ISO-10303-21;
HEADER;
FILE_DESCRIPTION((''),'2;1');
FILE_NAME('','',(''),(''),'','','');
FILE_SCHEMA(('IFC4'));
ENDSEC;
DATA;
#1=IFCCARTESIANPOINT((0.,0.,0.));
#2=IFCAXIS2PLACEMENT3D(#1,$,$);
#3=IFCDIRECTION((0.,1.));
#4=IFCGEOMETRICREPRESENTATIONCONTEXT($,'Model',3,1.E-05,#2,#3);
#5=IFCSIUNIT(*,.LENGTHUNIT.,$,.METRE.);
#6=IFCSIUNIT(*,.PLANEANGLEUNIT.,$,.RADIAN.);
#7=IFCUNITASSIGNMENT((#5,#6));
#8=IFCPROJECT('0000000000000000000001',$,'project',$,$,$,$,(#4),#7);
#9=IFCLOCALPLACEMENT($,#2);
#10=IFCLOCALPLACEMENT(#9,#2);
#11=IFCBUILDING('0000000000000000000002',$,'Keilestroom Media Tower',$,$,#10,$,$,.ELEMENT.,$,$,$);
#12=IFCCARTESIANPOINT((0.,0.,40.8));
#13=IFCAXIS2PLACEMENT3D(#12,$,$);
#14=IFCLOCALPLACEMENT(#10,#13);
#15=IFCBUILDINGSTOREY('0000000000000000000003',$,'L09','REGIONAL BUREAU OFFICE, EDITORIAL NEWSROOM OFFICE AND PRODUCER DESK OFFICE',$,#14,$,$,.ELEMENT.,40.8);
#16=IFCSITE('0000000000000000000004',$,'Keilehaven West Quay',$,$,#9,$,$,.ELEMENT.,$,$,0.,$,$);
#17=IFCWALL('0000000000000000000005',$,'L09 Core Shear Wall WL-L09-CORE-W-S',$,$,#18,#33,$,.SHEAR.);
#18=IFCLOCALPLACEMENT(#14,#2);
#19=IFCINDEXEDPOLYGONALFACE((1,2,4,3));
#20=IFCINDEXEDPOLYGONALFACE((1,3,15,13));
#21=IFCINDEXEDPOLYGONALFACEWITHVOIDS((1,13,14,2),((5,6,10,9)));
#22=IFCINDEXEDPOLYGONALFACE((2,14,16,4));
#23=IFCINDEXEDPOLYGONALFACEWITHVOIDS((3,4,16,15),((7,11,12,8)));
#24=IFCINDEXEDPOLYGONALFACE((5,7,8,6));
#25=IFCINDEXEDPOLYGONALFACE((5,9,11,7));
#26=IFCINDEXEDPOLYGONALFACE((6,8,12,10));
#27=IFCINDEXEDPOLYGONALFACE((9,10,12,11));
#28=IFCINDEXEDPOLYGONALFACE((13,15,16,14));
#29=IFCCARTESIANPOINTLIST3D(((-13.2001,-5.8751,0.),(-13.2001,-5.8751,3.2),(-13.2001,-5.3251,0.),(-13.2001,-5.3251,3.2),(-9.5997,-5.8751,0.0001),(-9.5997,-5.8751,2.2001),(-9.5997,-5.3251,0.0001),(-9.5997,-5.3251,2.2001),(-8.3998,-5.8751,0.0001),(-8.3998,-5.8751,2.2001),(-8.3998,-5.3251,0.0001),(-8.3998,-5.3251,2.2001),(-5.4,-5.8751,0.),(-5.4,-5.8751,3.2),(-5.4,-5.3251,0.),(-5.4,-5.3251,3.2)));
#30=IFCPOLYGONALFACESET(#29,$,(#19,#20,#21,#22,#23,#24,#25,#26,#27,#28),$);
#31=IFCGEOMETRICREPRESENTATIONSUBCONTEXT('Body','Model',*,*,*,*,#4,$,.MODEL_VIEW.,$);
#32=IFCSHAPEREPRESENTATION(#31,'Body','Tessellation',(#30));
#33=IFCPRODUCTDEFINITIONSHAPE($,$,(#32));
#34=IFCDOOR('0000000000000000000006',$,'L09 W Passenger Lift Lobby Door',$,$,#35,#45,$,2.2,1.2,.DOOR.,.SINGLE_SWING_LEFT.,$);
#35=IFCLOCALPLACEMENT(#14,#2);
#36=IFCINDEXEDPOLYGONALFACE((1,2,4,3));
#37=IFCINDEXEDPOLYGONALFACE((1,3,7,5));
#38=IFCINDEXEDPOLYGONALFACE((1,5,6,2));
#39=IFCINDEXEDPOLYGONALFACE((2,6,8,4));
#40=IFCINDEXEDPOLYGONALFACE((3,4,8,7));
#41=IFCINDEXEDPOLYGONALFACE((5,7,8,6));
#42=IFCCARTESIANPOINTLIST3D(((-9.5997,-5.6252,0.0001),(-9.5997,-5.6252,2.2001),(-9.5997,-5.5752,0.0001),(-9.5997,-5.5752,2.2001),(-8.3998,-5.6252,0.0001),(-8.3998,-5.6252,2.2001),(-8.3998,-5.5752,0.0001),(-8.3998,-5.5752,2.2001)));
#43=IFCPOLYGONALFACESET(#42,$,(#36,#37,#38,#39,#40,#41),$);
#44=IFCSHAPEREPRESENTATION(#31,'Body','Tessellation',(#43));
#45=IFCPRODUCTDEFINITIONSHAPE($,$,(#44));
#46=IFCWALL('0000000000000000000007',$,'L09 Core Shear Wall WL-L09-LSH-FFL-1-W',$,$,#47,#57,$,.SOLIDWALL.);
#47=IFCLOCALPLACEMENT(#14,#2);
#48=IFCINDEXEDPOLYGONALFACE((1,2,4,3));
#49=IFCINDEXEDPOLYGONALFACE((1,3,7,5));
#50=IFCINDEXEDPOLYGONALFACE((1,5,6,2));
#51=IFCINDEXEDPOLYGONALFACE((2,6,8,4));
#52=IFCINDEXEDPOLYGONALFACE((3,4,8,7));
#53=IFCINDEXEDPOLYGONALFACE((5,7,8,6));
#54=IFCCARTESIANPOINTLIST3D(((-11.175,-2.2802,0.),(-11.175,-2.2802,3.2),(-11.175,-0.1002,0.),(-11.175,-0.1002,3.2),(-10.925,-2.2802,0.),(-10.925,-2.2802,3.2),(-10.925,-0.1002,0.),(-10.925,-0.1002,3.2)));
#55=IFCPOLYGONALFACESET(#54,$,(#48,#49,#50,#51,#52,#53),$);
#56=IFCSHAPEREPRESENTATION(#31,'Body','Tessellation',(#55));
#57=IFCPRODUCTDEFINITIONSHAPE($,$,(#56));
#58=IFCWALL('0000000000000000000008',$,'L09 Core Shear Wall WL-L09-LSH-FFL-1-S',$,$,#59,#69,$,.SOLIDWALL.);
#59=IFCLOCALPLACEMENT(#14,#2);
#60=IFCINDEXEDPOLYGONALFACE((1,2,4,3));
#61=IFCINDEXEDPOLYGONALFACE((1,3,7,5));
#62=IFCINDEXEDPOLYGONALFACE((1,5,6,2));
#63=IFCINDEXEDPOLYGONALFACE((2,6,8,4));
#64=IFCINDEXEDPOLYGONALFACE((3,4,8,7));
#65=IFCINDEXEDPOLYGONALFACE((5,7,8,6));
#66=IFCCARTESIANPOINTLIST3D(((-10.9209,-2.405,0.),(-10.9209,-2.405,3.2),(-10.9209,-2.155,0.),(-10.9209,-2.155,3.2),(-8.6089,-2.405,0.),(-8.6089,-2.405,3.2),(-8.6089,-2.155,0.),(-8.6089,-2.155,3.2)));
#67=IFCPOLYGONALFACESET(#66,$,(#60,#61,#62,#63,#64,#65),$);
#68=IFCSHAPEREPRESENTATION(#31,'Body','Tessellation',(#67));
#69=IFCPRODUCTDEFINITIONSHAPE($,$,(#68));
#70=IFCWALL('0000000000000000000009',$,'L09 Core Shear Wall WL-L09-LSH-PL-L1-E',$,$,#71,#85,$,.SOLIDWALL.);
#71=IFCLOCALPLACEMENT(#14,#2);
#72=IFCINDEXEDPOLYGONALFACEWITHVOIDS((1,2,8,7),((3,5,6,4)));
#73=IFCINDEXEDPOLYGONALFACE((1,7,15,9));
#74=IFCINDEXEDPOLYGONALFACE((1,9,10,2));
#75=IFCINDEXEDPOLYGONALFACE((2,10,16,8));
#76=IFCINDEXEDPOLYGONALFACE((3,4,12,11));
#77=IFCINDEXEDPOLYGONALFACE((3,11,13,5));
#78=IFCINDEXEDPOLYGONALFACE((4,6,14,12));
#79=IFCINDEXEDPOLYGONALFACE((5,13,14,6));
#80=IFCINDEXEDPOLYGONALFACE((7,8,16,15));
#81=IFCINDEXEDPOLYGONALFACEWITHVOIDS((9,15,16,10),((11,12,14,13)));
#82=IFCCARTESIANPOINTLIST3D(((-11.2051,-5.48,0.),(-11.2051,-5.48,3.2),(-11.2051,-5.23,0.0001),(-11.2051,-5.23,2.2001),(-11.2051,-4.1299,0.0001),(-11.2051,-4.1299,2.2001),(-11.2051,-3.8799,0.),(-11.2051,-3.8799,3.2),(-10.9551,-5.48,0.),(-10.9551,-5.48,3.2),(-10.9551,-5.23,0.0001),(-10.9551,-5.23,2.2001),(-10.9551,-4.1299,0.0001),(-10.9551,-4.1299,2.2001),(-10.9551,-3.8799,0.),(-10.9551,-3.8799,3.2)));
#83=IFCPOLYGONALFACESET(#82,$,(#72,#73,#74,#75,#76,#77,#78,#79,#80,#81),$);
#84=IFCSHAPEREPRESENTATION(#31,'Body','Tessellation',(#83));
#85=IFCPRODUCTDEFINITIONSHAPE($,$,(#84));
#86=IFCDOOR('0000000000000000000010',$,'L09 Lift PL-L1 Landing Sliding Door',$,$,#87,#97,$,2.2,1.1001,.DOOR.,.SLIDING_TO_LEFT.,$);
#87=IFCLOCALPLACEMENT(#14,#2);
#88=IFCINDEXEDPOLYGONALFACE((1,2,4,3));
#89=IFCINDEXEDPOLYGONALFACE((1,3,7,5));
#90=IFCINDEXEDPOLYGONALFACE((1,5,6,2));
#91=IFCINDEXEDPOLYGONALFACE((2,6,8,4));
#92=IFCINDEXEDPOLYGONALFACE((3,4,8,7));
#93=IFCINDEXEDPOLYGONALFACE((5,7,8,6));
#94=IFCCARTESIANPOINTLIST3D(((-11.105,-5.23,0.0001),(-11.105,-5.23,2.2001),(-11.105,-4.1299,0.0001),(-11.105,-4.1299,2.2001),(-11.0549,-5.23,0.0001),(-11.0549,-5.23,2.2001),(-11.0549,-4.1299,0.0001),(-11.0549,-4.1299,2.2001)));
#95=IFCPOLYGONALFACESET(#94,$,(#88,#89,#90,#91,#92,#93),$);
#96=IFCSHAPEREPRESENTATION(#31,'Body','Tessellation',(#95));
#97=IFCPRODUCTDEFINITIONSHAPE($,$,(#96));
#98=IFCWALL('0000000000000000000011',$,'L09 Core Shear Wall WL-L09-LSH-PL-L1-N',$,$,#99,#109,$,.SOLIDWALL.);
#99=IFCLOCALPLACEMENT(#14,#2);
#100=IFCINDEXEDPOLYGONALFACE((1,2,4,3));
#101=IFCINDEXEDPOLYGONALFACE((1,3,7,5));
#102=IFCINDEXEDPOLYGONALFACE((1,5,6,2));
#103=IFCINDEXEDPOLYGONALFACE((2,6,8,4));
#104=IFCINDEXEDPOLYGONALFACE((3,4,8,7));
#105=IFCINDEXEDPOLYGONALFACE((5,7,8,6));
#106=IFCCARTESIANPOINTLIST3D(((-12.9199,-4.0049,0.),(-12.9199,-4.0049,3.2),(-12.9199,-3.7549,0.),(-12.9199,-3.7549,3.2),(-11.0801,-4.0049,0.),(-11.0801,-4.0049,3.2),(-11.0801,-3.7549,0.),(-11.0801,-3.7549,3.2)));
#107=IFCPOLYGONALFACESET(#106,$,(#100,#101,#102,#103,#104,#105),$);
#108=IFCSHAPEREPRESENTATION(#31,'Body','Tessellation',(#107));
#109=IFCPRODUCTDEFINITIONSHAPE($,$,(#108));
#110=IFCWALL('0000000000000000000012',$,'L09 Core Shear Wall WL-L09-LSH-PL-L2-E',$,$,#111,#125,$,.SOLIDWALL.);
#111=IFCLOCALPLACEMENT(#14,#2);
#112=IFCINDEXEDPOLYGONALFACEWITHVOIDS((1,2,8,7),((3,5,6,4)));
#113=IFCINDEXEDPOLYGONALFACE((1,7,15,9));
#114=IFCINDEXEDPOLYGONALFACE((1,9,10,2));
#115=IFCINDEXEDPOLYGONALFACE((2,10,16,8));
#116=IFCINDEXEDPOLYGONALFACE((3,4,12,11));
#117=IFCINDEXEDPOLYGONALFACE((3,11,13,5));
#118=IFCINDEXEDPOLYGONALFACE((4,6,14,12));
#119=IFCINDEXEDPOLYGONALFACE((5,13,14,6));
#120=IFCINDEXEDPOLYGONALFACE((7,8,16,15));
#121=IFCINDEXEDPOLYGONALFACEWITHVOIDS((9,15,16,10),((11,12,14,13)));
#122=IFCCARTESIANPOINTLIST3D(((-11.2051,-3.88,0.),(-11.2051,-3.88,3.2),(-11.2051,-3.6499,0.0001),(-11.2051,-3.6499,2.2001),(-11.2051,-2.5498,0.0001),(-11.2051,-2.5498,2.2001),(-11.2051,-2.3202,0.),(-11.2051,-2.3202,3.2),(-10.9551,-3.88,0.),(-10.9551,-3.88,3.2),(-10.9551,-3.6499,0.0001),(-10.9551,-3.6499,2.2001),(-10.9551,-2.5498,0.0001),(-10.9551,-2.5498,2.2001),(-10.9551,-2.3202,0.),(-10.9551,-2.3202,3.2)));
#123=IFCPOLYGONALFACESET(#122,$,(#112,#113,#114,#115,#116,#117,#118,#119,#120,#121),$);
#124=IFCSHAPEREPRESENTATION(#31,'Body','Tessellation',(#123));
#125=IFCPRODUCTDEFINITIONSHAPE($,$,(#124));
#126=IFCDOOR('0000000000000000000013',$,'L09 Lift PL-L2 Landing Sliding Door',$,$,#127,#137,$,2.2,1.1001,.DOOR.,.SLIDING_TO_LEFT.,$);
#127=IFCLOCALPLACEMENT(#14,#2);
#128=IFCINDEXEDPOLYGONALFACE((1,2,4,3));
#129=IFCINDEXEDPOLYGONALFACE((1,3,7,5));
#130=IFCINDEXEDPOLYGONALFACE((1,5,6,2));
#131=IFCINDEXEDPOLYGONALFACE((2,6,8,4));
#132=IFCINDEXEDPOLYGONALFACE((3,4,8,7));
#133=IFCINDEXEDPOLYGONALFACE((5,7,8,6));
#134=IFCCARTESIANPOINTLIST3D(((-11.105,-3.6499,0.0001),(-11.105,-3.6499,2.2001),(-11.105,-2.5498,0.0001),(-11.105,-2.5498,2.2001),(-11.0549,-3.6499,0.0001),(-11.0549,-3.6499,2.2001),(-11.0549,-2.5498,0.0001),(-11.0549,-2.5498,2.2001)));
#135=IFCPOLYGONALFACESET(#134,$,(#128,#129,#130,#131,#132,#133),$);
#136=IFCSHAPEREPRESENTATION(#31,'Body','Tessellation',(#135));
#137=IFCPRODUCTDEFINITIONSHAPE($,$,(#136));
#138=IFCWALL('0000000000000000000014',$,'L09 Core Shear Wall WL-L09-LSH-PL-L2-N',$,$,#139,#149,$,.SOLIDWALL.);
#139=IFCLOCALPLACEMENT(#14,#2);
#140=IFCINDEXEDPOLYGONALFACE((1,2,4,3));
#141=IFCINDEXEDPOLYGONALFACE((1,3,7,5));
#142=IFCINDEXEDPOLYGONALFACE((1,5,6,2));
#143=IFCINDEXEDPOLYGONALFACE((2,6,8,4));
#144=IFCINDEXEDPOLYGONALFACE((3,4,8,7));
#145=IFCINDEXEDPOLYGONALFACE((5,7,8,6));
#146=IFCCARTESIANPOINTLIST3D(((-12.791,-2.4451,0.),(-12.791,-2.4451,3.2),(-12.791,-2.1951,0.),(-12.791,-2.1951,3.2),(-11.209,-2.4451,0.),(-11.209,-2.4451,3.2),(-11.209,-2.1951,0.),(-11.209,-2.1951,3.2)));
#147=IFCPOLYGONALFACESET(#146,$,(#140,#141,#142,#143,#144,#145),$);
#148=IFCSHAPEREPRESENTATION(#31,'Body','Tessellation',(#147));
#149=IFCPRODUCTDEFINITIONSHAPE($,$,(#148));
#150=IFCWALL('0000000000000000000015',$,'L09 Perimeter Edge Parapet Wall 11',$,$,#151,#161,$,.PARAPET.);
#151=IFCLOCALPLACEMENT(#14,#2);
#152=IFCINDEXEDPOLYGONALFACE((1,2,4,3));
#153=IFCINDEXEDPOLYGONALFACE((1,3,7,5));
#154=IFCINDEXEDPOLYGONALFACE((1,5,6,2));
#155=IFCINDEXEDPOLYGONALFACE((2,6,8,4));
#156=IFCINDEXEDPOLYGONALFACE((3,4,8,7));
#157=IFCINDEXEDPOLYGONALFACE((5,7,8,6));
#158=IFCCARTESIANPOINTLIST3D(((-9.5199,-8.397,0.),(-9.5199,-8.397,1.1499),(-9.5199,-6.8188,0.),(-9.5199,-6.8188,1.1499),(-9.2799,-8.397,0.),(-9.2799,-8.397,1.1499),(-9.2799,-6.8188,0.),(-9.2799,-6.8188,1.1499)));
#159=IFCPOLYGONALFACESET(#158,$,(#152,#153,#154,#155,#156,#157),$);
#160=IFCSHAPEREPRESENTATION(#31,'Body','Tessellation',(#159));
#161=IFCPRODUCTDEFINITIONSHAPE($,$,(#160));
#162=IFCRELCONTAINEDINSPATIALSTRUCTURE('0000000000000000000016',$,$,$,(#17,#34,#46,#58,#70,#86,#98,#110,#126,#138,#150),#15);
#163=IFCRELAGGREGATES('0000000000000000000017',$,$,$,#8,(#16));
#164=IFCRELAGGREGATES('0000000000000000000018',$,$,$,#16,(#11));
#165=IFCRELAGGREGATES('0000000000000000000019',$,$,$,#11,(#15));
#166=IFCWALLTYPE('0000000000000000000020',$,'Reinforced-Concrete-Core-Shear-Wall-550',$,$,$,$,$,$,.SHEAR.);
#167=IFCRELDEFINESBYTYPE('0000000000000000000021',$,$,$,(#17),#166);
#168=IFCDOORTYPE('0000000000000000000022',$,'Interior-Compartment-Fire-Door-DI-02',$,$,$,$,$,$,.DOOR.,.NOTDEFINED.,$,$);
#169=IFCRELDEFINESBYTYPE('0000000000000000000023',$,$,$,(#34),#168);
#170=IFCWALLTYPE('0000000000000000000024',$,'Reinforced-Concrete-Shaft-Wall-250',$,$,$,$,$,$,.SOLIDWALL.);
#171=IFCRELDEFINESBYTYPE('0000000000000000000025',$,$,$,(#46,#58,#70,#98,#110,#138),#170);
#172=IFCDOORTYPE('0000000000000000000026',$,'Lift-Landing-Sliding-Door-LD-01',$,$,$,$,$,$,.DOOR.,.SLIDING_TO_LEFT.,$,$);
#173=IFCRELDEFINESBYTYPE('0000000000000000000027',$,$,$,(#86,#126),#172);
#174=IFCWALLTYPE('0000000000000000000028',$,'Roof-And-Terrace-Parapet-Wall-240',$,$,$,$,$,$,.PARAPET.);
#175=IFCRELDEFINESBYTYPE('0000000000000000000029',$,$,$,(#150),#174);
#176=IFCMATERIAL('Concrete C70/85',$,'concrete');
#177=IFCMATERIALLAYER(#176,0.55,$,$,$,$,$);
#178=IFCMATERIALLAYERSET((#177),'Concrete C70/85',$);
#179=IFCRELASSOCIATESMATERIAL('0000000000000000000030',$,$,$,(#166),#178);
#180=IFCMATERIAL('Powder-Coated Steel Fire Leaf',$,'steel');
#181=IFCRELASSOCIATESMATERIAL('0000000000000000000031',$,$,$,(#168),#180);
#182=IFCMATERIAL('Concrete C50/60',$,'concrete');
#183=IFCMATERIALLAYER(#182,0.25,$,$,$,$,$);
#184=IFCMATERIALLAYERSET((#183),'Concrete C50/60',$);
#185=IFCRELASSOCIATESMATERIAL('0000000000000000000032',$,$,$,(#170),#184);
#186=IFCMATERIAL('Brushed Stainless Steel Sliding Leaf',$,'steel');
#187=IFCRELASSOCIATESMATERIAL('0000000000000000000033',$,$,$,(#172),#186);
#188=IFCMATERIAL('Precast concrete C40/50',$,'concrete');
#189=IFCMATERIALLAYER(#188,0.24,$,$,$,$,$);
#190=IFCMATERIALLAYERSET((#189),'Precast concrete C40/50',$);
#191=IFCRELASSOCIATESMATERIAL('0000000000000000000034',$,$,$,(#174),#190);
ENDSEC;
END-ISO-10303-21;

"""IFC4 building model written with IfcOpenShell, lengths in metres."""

from ifc_helpers import new_model, si_unit, direction, frame, frame_2d, origin, place, context, subcontext, project, spatial, rectangle, extrude, source, transform, mapped, material, layer, layer_set, type_object, element, fill, save


model = new_model("IFC4")

# Units and contexts
model_context = context("Model", 3, precision=1e-05, world=origin(), true_north=direction((0.0, 1.0)))
body_context = subcontext(model_context, "Body", "Model", "MODEL_VIEW")
ifc_project = project(units=[si_unit("LENGTHUNIT", "METRE"), si_unit("PLANEANGLEUNIT", "RADIAN")], contexts=[model_context])

# Site, building, storey
site_placement = place(None, origin())
site = spatial("IfcSite", under=ifc_project, at=site_placement, Name="Keilehaven West Quay", CompositionType="ELEMENT", RefElevation=0.0)
building_placement = place(site_placement, origin())
building = spatial("IfcBuilding", under=site, at=building_placement, Name="Keilestroom Media Tower", CompositionType="ELEMENT")
storey_placement = place(building_placement, frame((0.0, 0.0, 40.8)))
storey = spatial("IfcBuildingStorey", under=building, at=storey_placement, Name="L09", Description="REGIONAL BUREAU OFFICE, EDITORIAL NEWSROOM OFFICE AND PRODUCER DESK OFFICE", CompositionType="ELEMENT", Elevation=40.8)

# Shared definitions
ifc_material_1 = material(Name="Concrete C70/85", Category="concrete")

# Shared definitions
shared_shape_1 = source(origin(), body_context, "Body", "SweptSolid", [
    extrude(rectangle(XDim=1.1001, YDim=2.2, at=frame_2d((0.55, 1.1001))), frame((0.0, 0.0249, 0.0), z_axis=(0.0, -1.0, 0.0), x_axis=(1.0, 0.0, 0.0)), (0.0, 0.0, 1.0), 0.05),
])

# Shared definitions
ifc_layer_1 = layer(ifc_material_1, 0.55)
ifc_layer_set_1 = layer_set([ifc_layer_1], Name="Concrete C70/85")
wall_type_1 = type_object("IfcWallType", Name="Reinforced-Concrete-Core-Shear-Wall-550", PredefinedType="SHEAR", material=ifc_layer_set_1)

# Wall, opening, door
wall_1_placement = place(storey_placement, frame((-13.2, -5.6001, 0.0), z_axis=(0.0, 0.0, 1.0), x_axis=(1.0, 0.0, 0.0)))
wall_1 = element("IfcWall", 1, at=wall_1_placement, inside=storey, type_object=wall_type_1, Name="L09 Core Shear Wall WL-L09-CORE-W-S", PredefinedType="SHEAR", context=body_context, shape_type="SweptSolid", body=[
    extrude(rectangle(XDim=7.8, YDim=0.55, at=frame_2d((3.8999, 0.0))), origin(), (0.0, 0.0, 1.0), 3.2),
])
opening_1_placement = place(wall_1_placement, frame((3.6001, 0.0, 0.0)))
opening_1 = element("IfcOpeningElement", 2, at=opening_1_placement, cuts=wall_1, PredefinedType="OPENING", context=body_context, shape_type="SweptSolid", body=[
    extrude(rectangle(XDim=1.2, YDim=2.2, at=frame_2d((0.6001, 1.1001))), frame((0.0, 0.2852, 0.0), z_axis=(0.0, -1.0, 0.0), x_axis=(1.0, 0.0, 0.0)), (0.0, 0.0, 1.0), 0.5701),
])
ifc_material_2 = material(Name="Powder-Coated Steel Fire Leaf", Category="steel")
door_type_1 = type_object("IfcDoorType", Name="Interior-Compartment-Fire-Door-DI-02", OperationType="NOTDEFINED", PredefinedType="DOOR", material=ifc_material_2)
shared_shape_2 = source(origin(), body_context, "Body", "SweptSolid", [
    extrude(rectangle(XDim=1.2, YDim=2.2, at=frame_2d((0.6001, 1.1001))), frame((0.0, 0.0249, 0.0), z_axis=(0.0, -1.0, 0.0), x_axis=(1.0, 0.0, 0.0)), (0.0, 0.0, 1.0), 0.05),
])
door_1_placement = place(opening_1_placement, origin())
door_1 = element("IfcDoor", 3, at=door_1_placement, inside=storey, type_object=door_type_1, Name="L09 W Passenger Lift Lobby Door", OperationType="SINGLE_SWING_LEFT", OverallHeight=2.2, OverallWidth=1.2, PredefinedType="DOOR", context=body_context, shape_type="MappedRepresentation", body=[
    mapped(shared_shape_2, transform((0.0, 0.0, 0.0), x_axis=(1.0, 0.0, 0.0), y_axis=(0.0, 1.0, 0.0), z_axis=(0.0, 0.0, 1.0), scale=1.0)),
])
fill(opening_1, door_1)

# Walls
ifc_material_3 = material(Name="Concrete C50/60", Category="concrete")
ifc_layer_2 = layer(ifc_material_3, 0.25)
ifc_layer_set_2 = layer_set([ifc_layer_2], Name="Concrete C50/60")
wall_type_2 = type_object("IfcWallType", Name="Reinforced-Concrete-Shaft-Wall-250", PredefinedType="SOLIDWALL", material=ifc_layer_set_2)
wall_2_placement = place(storey_placement, frame((-11.05, -2.28, 0.0), z_axis=(0.0, 0.0, 1.0), x_axis=(0.0, 1.0, 0.0)))
element("IfcWall", 4, at=wall_2_placement, inside=storey, type_object=wall_type_2, Name="L09 Core Shear Wall WL-L09-LSH-FFL-1-W", PredefinedType="SOLIDWALL", context=body_context, shape_type="SweptSolid", body=[
    extrude(rectangle(XDim=2.1799, YDim=0.25, at=frame_2d((1.0898, 0.0))), origin(), (0.0, 0.0, 1.0), 3.2),
])
wall_3_placement = place(storey_placement, frame((-10.9209, -2.28, 0.0), z_axis=(0.0, 0.0, 1.0), x_axis=(1.0, 0.0, 0.0)))
element("IfcWall", 5, at=wall_3_placement, inside=storey, type_object=wall_type_2, Name="L09 Core Shear Wall WL-L09-LSH-FFL-1-S", PredefinedType="SOLIDWALL", context=body_context, shape_type="SweptSolid", body=[
    extrude(rectangle(XDim=2.312, YDim=0.25, at=frame_2d((1.156, 0.0))), origin(), (0.0, 0.0, 1.0), 3.2),
])

# Wall, opening, door
wall_4_placement = place(storey_placement, frame((-11.0801, -5.48, 0.0), z_axis=(0.0, 0.0, 1.0), x_axis=(0.0, 1.0, 0.0)))
wall_4 = element("IfcWall", 6, at=wall_4_placement, inside=storey, type_object=wall_type_2, Name="L09 Core Shear Wall WL-L09-LSH-PL-L1-E", PredefinedType="SOLIDWALL", context=body_context, shape_type="SweptSolid", body=[
    extrude(rectangle(XDim=1.6001, YDim=0.25, at=frame_2d((0.8, 0.0))), origin(), (0.0, 0.0, 1.0), 3.2),
])
opening_2_placement = place(wall_4_placement, frame((0.25, 0.0, 0.0)))
opening_2 = element("IfcOpeningElement", 7, at=opening_2_placement, cuts=wall_4, PredefinedType="OPENING", context=body_context, shape_type="SweptSolid", body=[
    extrude(rectangle(XDim=1.1001, YDim=2.2, at=frame_2d((0.55, 1.1001))), frame((0.0, 0.135, 0.0), z_axis=(0.0, -1.0, 0.0), x_axis=(1.0, 0.0, 0.0)), (0.0, 0.0, 1.0), 0.27),
])
ifc_material_4 = material(Name="Brushed Stainless Steel Sliding Leaf", Category="steel")
door_type_2 = type_object("IfcDoorType", Name="Lift-Landing-Sliding-Door-LD-01", OperationType="SLIDING_TO_LEFT", PredefinedType="DOOR", material=ifc_material_4)
door_2_placement = place(opening_2_placement, origin())
door_2 = element("IfcDoor", 8, at=door_2_placement, inside=storey, type_object=door_type_2, Name="L09 Lift PL-L1 Landing Sliding Door", OperationType="SLIDING_TO_LEFT", OverallHeight=2.2, OverallWidth=1.1001, PredefinedType="DOOR", context=body_context, shape_type="MappedRepresentation", body=[
    mapped(shared_shape_1, transform((0.0, 0.0, 0.0), x_axis=(1.0, 0.0, 0.0), y_axis=(0.0, 1.0, 0.0), z_axis=(0.0, 0.0, 1.0), scale=1.0)),
])
fill(opening_2, door_2)

# Wall
wall_5_placement = place(storey_placement, frame((-12.9199, -3.8799, 0.0), z_axis=(0.0, 0.0, 1.0), x_axis=(1.0, 0.0, 0.0)))
element("IfcWall", 9, at=wall_5_placement, inside=storey, type_object=wall_type_2, Name="L09 Core Shear Wall WL-L09-LSH-PL-L1-N", PredefinedType="SOLIDWALL", context=body_context, shape_type="SweptSolid", body=[
    extrude(rectangle(XDim=1.8398, YDim=0.25, at=frame_2d((0.9199, 0.0))), origin(), (0.0, 0.0, 1.0), 3.2),
])

# Wall, opening, door
wall_6_placement = place(storey_placement, frame((-11.0801, -3.8799, 0.0), z_axis=(0.0, 0.0, 1.0), x_axis=(0.0, 1.0, 0.0)))
wall_6 = element("IfcWall", 10, at=wall_6_placement, inside=storey, type_object=wall_type_2, Name="L09 Core Shear Wall WL-L09-LSH-PL-L2-E", PredefinedType="SOLIDWALL", context=body_context, shape_type="SweptSolid", body=[
    extrude(rectangle(XDim=1.5598, YDim=0.25, at=frame_2d((0.7798, 0.0))), origin(), (0.0, 0.0, 1.0), 3.2),
])
opening_3_placement = place(wall_6_placement, frame((0.23, 0.0, 0.0)))
opening_3 = element("IfcOpeningElement", 11, at=opening_3_placement, cuts=wall_6, PredefinedType="OPENING", context=body_context, shape_type="SweptSolid", body=[
    extrude(rectangle(XDim=1.1001, YDim=2.2, at=frame_2d((0.55, 1.1001))), frame((0.0, 0.135, 0.0), z_axis=(0.0, -1.0, 0.0), x_axis=(1.0, 0.0, 0.0)), (0.0, 0.0, 1.0), 0.27),
])
door_3_placement = place(opening_3_placement, origin())
door_3 = element("IfcDoor", 12, at=door_3_placement, inside=storey, type_object=door_type_2, Name="L09 Lift PL-L2 Landing Sliding Door", OperationType="SLIDING_TO_LEFT", OverallHeight=2.2, OverallWidth=1.1001, PredefinedType="DOOR", context=body_context, shape_type="MappedRepresentation", body=[
    mapped(shared_shape_1, transform((0.0, 0.0, 0.0), x_axis=(1.0, 0.0, 0.0), y_axis=(0.0, 1.0, 0.0), z_axis=(0.0, 0.0, 1.0), scale=1.0)),
])
fill(opening_3, door_3)

# Walls
wall_7_placement = place(storey_placement, frame((-12.791, -2.3201, 0.0), z_axis=(0.0, 0.0, 1.0), x_axis=(1.0, 0.0, 0.0)))
element("IfcWall", 13, at=wall_7_placement, inside=storey, type_object=wall_type_2, Name="L09 Core Shear Wall WL-L09-LSH-PL-L2-N", PredefinedType="SOLIDWALL", context=body_context, shape_type="SweptSolid", body=[
    extrude(rectangle(XDim=1.582, YDim=0.25, at=frame_2d((0.791, 0.0))), origin(), (0.0, 0.0, 1.0), 3.2),
])
ifc_material_5 = material(Name="Precast concrete C40/50", Category="concrete")
ifc_layer_3 = layer(ifc_material_5, 0.24)
ifc_layer_set_3 = layer_set([ifc_layer_3], Name="Precast concrete C40/50")
wall_type_3 = type_object("IfcWallType", Name="Roof-And-Terrace-Parapet-Wall-240", PredefinedType="PARAPET", material=ifc_layer_set_3)
wall_8_placement = place(storey_placement, frame((-9.3999, -8.397, 0.0), z_axis=(0.0, 0.0, 1.0), x_axis=(0.0, 1.0, 0.0)))
element("IfcWall", 14, at=wall_8_placement, inside=storey, type_object=wall_type_3, Name="L09 Perimeter Edge Parapet Wall 11", PredefinedType="PARAPET", context=body_context, shape_type="SweptSolid", body=[
    extrude(rectangle(XDim=1.5781, YDim=0.24, at=frame_2d((0.7891, 0.0))), origin(), (0.0, 0.0, 1.0), 1.1499),
])

save(model, "model.ifc")
